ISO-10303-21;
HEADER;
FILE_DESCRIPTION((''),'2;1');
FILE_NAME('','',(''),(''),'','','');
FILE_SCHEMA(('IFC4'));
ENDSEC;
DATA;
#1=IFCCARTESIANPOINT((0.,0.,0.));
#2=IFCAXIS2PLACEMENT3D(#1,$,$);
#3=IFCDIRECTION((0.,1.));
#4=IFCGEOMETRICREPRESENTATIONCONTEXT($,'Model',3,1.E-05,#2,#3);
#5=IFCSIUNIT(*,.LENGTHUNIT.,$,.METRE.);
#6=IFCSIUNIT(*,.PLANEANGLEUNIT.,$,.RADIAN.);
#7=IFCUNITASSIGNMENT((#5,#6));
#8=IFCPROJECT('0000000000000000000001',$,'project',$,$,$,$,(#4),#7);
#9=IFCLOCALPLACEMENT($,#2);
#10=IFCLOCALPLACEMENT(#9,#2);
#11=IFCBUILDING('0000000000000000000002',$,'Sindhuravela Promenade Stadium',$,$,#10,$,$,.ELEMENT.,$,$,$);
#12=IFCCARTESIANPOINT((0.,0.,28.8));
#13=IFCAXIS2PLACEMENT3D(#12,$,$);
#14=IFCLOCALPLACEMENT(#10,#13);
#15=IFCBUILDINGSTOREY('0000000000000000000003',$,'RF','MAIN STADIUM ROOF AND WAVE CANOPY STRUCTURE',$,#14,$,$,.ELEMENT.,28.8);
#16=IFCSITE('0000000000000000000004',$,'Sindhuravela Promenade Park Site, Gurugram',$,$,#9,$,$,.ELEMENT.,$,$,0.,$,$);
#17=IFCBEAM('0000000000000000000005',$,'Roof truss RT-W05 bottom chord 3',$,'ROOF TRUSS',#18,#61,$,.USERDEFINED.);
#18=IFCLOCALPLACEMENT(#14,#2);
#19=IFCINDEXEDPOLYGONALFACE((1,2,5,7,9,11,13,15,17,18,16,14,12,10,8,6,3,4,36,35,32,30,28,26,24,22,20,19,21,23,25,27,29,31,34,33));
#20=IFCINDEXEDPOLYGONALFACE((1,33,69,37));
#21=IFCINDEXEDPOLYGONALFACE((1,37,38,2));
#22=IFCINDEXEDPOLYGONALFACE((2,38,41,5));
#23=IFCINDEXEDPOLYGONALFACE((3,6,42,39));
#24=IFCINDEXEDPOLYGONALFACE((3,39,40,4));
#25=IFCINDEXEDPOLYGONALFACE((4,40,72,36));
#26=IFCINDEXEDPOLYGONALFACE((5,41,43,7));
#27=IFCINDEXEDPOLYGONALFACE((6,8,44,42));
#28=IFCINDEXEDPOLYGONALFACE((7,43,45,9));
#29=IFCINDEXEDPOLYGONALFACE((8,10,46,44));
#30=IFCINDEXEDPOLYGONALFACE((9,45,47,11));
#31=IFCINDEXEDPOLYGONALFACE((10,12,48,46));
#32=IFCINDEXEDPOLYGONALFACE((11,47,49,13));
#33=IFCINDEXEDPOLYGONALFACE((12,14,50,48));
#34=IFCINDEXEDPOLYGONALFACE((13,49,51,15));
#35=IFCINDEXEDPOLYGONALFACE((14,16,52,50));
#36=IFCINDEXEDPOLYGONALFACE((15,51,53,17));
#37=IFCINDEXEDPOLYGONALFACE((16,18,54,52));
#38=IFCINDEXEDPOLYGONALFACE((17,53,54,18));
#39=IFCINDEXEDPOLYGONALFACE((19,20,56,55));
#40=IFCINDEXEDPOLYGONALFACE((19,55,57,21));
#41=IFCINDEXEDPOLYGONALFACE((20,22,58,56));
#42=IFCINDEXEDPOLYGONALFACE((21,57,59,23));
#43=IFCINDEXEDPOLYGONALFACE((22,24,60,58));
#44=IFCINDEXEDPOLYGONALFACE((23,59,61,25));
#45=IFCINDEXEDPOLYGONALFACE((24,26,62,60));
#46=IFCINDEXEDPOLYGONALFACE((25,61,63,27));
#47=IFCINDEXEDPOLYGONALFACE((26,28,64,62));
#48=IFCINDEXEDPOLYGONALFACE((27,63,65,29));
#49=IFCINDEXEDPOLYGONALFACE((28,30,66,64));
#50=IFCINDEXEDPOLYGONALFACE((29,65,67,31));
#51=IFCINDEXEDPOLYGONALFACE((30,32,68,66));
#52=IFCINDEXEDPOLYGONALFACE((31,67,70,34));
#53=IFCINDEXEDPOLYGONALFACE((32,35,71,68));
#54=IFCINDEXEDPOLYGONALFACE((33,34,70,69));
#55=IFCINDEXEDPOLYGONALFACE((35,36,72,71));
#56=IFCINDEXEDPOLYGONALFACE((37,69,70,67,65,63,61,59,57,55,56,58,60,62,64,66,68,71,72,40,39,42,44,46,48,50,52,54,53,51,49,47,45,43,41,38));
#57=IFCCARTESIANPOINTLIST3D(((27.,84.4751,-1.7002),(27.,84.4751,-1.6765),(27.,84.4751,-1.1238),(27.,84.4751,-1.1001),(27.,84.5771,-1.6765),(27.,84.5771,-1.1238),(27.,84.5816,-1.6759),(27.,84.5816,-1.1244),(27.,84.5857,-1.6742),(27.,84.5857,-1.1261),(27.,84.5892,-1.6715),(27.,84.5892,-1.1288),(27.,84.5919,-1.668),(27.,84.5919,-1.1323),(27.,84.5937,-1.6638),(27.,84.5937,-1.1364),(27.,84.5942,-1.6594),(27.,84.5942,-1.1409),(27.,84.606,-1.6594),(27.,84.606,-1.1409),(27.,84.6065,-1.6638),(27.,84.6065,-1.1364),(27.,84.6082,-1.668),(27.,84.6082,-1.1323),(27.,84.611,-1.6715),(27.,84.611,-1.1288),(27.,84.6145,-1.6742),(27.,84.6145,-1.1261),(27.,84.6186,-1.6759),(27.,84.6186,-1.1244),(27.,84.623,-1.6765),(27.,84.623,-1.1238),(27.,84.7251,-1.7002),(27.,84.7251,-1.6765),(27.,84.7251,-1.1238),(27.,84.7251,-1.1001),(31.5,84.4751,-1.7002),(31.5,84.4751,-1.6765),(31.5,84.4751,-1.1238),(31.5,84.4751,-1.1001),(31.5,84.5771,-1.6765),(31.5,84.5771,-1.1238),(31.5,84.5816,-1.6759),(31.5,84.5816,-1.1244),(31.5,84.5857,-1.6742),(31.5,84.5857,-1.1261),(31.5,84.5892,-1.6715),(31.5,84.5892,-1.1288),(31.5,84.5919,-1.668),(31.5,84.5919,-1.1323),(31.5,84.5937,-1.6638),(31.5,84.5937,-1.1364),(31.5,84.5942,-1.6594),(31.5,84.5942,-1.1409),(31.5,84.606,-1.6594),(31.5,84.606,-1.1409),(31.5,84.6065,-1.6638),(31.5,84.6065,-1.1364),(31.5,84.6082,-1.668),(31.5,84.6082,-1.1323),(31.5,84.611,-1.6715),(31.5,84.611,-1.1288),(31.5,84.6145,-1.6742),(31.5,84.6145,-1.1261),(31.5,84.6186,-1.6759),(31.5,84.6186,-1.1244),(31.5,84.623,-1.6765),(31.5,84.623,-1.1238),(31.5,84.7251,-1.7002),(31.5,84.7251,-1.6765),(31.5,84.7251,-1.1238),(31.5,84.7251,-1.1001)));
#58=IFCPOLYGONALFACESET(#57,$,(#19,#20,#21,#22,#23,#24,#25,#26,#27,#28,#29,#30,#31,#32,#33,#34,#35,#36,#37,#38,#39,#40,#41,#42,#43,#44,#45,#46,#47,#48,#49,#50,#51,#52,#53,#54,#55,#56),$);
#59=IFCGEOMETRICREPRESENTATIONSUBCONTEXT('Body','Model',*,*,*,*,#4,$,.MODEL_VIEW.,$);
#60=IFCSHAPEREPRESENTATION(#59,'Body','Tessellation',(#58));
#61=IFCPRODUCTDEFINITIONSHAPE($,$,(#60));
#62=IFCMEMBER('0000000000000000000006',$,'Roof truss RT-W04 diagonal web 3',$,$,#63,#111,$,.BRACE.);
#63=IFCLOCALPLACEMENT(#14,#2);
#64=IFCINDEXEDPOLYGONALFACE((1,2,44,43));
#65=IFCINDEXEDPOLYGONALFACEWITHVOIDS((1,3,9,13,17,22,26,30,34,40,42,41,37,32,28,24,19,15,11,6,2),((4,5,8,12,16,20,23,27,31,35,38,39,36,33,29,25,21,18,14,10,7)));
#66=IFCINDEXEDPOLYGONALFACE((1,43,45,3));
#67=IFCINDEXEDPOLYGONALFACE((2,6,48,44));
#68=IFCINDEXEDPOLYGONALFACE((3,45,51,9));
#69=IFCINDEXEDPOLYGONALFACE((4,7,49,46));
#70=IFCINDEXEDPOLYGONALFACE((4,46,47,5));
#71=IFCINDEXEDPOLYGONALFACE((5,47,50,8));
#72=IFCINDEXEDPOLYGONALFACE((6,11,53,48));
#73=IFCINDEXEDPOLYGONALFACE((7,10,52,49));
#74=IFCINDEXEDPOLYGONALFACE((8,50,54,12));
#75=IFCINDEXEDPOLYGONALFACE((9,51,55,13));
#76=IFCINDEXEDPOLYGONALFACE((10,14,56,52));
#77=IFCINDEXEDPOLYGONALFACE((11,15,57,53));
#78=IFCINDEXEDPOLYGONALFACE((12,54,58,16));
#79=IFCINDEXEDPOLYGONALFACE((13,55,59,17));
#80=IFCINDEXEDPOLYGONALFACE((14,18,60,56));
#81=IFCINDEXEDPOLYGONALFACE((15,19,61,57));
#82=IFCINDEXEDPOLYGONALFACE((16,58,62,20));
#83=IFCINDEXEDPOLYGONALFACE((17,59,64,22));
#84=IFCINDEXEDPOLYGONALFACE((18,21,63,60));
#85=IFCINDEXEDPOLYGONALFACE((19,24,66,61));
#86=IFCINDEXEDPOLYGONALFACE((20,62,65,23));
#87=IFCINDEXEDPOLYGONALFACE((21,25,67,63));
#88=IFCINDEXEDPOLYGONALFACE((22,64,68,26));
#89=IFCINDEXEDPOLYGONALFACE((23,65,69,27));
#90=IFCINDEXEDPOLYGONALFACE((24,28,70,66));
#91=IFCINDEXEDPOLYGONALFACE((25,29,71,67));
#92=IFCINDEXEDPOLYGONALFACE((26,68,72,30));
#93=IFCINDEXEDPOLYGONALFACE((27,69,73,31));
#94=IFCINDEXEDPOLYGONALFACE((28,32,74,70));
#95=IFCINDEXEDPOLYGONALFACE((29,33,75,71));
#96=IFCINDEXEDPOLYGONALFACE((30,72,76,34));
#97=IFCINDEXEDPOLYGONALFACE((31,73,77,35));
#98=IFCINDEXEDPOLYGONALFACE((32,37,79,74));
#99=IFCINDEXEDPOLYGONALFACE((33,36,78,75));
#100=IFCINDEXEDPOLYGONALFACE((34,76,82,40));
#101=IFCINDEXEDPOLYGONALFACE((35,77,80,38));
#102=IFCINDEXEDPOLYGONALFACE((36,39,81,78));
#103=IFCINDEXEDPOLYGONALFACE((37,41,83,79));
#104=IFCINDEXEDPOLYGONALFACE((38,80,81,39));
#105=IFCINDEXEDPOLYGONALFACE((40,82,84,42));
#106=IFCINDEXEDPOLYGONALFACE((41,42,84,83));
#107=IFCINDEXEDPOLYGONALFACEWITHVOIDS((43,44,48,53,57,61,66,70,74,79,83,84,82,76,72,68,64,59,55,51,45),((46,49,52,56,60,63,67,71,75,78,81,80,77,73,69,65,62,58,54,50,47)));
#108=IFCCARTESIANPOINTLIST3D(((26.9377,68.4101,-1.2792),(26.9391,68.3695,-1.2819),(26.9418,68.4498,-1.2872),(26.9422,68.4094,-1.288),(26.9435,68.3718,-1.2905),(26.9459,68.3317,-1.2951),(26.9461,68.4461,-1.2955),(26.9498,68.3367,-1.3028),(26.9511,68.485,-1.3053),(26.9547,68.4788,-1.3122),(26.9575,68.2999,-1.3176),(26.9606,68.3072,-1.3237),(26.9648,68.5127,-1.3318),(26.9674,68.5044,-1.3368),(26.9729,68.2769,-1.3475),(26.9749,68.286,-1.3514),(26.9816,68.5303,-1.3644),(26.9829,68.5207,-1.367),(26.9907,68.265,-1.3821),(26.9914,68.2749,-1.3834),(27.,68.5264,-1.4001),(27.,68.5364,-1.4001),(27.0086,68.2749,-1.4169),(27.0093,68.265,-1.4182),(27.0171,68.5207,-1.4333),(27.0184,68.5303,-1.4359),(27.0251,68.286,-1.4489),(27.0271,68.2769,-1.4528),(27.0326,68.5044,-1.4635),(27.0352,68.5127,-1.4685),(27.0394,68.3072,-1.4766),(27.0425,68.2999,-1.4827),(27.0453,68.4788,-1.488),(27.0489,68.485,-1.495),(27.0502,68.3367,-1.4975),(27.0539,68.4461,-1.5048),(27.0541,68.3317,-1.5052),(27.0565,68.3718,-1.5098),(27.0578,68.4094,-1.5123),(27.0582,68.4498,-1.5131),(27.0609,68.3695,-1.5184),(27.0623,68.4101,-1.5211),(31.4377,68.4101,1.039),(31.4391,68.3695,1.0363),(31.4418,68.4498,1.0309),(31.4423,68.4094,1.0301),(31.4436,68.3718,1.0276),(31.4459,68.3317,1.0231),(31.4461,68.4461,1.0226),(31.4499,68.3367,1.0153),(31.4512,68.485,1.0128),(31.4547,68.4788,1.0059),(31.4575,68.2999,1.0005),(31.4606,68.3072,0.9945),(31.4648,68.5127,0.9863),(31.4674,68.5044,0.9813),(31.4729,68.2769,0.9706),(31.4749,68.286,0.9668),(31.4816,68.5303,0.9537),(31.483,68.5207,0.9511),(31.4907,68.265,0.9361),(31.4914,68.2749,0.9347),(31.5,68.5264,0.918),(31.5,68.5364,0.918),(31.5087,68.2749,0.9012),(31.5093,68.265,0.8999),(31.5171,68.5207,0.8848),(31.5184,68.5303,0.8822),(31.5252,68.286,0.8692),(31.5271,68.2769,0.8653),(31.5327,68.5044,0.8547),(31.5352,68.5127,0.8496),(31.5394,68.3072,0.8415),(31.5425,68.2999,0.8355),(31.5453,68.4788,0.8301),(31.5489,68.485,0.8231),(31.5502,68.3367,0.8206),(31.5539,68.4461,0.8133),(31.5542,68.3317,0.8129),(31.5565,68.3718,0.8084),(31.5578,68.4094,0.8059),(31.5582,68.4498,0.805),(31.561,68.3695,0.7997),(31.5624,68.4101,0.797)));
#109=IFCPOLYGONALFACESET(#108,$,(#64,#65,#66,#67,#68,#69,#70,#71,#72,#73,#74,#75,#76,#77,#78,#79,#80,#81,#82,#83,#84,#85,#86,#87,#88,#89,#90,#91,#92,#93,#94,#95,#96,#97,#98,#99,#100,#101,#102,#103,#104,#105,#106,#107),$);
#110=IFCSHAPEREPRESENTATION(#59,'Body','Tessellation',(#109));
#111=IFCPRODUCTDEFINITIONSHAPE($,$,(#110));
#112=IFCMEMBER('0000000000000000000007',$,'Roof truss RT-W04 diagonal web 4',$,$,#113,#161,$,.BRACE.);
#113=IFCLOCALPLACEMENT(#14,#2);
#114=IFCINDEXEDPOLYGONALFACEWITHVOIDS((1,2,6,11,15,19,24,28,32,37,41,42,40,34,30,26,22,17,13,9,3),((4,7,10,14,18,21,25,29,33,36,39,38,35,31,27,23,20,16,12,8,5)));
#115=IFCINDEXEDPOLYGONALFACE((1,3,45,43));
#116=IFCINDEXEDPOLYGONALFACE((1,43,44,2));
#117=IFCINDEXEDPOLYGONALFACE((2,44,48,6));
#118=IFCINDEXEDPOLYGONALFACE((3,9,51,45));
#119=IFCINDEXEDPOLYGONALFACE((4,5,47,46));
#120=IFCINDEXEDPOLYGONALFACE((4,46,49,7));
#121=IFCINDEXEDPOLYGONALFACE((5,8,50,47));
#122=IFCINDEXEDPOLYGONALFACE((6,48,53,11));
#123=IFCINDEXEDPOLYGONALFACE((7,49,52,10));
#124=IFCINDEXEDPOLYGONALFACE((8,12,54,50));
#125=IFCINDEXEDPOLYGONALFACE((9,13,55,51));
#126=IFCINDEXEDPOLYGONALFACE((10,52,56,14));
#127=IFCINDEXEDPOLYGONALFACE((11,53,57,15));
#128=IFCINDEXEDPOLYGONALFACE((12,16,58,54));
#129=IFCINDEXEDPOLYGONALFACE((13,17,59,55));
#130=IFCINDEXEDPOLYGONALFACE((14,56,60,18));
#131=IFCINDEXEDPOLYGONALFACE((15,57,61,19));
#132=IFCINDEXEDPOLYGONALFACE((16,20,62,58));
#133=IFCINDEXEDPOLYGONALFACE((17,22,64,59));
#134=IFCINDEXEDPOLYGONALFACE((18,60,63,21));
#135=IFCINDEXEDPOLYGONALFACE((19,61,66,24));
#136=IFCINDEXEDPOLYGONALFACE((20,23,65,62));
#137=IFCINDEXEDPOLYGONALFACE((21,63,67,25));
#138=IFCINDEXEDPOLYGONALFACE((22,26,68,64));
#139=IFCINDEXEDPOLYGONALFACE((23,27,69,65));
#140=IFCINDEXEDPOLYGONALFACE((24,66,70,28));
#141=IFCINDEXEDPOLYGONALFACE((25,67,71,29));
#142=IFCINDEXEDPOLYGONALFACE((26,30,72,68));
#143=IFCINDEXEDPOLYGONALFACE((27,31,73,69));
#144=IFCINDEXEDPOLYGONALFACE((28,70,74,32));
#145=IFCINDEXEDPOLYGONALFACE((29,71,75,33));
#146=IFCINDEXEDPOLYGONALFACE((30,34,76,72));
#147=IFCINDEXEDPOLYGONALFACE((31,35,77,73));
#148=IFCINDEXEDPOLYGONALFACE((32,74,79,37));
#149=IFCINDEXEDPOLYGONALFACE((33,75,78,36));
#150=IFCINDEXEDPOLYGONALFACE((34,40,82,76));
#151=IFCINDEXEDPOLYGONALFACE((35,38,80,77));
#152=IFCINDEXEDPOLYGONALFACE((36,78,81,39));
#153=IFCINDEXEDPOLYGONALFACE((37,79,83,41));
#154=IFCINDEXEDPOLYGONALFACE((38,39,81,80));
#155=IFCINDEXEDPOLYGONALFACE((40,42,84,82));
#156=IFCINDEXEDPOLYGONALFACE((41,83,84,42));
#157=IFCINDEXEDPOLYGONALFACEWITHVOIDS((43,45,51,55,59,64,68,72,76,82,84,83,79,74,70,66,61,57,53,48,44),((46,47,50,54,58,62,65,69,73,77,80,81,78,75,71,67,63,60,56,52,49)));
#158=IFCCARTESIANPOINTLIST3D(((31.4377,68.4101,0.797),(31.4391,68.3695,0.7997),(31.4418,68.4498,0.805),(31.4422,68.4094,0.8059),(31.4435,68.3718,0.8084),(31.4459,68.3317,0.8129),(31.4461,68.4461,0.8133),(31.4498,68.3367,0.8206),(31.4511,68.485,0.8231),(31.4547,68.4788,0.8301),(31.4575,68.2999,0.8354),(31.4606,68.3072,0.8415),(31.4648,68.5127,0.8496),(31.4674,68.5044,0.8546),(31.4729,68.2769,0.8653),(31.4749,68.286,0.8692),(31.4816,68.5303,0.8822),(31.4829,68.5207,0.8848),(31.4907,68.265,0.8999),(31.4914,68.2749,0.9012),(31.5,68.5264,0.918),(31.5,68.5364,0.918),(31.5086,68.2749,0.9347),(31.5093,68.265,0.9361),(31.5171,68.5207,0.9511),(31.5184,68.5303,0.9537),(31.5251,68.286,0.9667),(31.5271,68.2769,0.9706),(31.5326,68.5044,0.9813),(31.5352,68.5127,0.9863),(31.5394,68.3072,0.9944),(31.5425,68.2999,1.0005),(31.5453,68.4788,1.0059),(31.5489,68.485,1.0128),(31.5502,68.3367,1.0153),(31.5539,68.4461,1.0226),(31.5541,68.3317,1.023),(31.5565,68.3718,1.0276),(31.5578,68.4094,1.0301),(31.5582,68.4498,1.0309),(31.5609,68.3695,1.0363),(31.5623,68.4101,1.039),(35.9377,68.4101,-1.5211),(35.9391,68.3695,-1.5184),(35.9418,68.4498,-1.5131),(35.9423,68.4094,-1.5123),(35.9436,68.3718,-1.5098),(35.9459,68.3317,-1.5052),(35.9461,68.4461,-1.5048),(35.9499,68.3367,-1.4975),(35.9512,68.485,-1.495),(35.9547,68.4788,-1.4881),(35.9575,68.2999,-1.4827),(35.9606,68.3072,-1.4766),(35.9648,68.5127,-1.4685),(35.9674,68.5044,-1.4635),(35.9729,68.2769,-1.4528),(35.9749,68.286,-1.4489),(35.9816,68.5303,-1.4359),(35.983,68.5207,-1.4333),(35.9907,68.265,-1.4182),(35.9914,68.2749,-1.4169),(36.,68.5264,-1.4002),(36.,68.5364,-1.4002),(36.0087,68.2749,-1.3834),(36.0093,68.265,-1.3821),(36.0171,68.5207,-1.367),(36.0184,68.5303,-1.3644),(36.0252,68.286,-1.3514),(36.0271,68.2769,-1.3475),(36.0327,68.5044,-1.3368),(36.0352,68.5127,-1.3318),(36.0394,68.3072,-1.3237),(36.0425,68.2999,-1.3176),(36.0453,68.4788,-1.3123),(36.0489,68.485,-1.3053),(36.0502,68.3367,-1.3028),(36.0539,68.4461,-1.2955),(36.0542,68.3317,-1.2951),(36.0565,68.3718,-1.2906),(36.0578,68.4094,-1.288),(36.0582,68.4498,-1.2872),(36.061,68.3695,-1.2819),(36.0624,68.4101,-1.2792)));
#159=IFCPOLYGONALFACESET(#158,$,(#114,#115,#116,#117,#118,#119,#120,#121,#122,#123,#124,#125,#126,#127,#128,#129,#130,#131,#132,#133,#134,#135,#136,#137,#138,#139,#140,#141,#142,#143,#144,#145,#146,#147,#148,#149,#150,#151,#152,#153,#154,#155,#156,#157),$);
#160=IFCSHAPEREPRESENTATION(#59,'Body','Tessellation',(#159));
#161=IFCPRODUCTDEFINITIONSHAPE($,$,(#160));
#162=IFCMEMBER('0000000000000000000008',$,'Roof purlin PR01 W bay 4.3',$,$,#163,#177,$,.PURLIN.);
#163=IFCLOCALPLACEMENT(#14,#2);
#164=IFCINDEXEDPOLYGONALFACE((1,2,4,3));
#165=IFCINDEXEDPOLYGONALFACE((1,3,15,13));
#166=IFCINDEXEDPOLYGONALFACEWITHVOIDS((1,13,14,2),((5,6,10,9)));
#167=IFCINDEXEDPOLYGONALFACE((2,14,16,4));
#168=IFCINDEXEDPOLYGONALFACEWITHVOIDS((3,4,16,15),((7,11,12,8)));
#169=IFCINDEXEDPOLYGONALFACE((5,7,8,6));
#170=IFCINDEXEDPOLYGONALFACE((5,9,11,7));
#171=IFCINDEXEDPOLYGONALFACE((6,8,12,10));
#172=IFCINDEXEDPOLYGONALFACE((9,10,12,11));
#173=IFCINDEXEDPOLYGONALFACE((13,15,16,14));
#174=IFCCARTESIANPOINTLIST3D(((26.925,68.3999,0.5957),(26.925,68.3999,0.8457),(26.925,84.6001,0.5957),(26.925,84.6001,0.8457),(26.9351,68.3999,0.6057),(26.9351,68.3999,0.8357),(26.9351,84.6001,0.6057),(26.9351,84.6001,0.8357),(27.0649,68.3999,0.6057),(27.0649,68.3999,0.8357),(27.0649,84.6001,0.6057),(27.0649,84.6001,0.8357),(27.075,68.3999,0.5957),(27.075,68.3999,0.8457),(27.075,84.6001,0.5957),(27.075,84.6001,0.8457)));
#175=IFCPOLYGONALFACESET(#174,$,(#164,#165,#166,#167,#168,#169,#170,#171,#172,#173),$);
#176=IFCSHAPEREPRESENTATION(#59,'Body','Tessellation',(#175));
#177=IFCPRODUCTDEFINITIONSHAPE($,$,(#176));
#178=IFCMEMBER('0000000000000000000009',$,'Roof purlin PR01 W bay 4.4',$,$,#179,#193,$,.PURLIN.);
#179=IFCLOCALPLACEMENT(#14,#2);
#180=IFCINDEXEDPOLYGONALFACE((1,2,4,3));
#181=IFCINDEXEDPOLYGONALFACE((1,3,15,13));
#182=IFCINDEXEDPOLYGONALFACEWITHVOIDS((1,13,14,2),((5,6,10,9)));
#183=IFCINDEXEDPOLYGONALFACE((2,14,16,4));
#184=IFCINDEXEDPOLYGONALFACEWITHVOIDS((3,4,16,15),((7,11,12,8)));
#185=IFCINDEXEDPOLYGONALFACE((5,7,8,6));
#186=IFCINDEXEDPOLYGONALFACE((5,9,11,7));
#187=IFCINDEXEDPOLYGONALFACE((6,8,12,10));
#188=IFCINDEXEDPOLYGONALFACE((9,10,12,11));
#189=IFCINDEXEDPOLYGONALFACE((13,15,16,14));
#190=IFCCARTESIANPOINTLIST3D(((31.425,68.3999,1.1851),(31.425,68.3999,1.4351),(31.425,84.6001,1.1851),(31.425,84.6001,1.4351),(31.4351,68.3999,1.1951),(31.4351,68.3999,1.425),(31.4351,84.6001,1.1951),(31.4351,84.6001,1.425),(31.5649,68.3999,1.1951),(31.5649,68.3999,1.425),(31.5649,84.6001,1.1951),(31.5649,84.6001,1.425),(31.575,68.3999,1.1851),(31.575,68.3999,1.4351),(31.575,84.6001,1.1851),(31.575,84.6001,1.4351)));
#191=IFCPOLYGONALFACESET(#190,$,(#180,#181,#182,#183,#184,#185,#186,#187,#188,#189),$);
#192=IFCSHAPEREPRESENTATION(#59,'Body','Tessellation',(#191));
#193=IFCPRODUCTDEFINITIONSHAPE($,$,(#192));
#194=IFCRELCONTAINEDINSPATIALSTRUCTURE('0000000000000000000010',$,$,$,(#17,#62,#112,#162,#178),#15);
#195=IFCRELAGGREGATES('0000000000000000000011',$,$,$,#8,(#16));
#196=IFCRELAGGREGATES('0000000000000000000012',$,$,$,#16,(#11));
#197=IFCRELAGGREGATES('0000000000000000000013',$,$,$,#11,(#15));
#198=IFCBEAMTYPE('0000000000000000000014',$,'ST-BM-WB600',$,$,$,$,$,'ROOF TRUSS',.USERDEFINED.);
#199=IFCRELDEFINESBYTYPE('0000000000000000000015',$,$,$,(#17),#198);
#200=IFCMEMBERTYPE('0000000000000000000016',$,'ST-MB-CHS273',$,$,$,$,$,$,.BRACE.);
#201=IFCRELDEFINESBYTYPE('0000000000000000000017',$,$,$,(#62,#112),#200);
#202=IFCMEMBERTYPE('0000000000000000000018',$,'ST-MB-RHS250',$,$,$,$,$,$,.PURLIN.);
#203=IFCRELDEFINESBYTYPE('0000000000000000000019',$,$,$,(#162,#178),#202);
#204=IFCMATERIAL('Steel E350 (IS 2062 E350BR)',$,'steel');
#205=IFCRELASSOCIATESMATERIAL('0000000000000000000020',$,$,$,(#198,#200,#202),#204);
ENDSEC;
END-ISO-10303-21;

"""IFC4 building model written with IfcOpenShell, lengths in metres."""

from ifc_helpers import new_model, si_unit, direction, frame, origin, origin_2d, place, context, subcontext, project, spatial, hollow_rectangle, hollow_circle, i_section, extrude, material, material_profile, profile_set, type_object, element, save


model = new_model("IFC4")

# Units and contexts
model_context = context("Model", 3, precision=1e-05, world=origin(), true_north=direction((0.0, 1.0)))
body_context = subcontext(model_context, "Body", "Model", "MODEL_VIEW")
ifc_project = project(units=[si_unit("LENGTHUNIT", "METRE"), si_unit("PLANEANGLEUNIT", "RADIAN")], contexts=[model_context])

# Site, building, storey
site_placement = place(None, origin())
site = spatial("IfcSite", under=ifc_project, at=site_placement, Name="Sindhuravela Promenade Park Site, Gurugram", CompositionType="ELEMENT", RefElevation=0.0)
building_placement = place(site_placement, origin())
building = spatial("IfcBuilding", under=site, at=building_placement, Name="Sindhuravela Promenade Stadium", CompositionType="ELEMENT")
storey_placement = place(building_placement, frame((0.0, 0.0, 28.8)))
storey = spatial("IfcBuildingStorey", under=building, at=storey_placement, Name="RF", Description="MAIN STADIUM ROOF AND WAVE CANOPY STRUCTURE", CompositionType="ELEMENT", Elevation=28.8)

# Beam
ifc_material_1 = material(Name="Steel E350 (IS 2062 E350BR)", Category="steel")
ifc_material_profile_1 = material_profile(ifc_material_1, i_section(OverallWidth=0.25, OverallDepth=0.6001, WebThickness=0.0117, FlangeThickness=0.0237, FilletRadius=0.0171, at=origin_2d()), Name="ISWB 600")
ifc_profile_set_1 = profile_set([ifc_material_profile_1], Name="Steel E350 (IS 2062 E350BR)")
beam_type_1 = type_object("IfcBeamType", Name="ST-BM-WB600", ElementType="ROOF TRUSS", PredefinedType="USERDEFINED", material=ifc_profile_set_1)
beam_1_placement = place(storey_placement, frame((27.0, 84.6001, -1.4001), z_axis=(1.0, 0.0, 0.0), x_axis=(0.0, 1.0, 0.0)))
element("IfcBeam", 1, at=beam_1_placement, inside=storey, type_object=beam_type_1, Name="Roof truss RT-W05 bottom chord 3", ObjectType="ROOF TRUSS", PredefinedType="USERDEFINED", context=body_context, shape_type="SweptSolid", body=[
    extrude(i_section(OverallWidth=0.25, OverallDepth=0.6001, WebThickness=0.0117, FlangeThickness=0.0237, FilletRadius=0.0171, at=origin_2d()), origin(), (0.0, 0.0, 1.0), 4.5),
])

# Members
ifc_material_profile_2 = material_profile(ifc_material_1, hollow_circle(Radius=0.1365, WallThickness=0.01, at=origin_2d()), Name="CHS 273.0x10")
ifc_profile_set_2 = profile_set([ifc_material_profile_2], Name="Steel E350 (IS 2062 E350BR)")
member_type_1 = type_object("IfcMemberType", Name="ST-MB-CHS273", PredefinedType="BRACE", material=ifc_profile_set_2)
for number, where, z_axis, x_axis, name in (
    (2, (27.0, 68.3999, -1.4001), (0.88898, 0.0, 0.457946), (0.0, 1.0, 0.0), "Roof truss RT-W04 diagonal web 3"),
    (3, (31.5, 68.3999, 0.918), (0.88898, 0.0, -0.457946), (0.0, 1.0, 0.0), "Roof truss RT-W04 diagonal web 4"),
):
    element("IfcMember", number, at=place(storey_placement, frame(where, z_axis=z_axis, x_axis=x_axis)), inside=storey, type_object=member_type_1, Name=name, PredefinedType="BRACE", context=body_context, shape_type="SweptSolid", body=[
        extrude(hollow_circle(Radius=0.1365, WallThickness=0.01, at=origin_2d()), origin(), (0.0, 0.0, 1.0), 5.062),
    ])
ifc_material_profile_3 = material_profile(ifc_material_1, hollow_rectangle(XDim=0.1499, YDim=0.25, WallThickness=0.01, at=origin_2d()), Name="RHS 250x150x10")
ifc_profile_set_3 = profile_set([ifc_material_profile_3], Name="Steel E350 (IS 2062 E350BR)")
member_type_2 = type_object("IfcMemberType", Name="ST-MB-RHS250", PredefinedType="PURLIN", material=ifc_profile_set_3)
for number, where, z_axis, x_axis, name in (
    (4, (27.0, 68.3999, 0.7207), (0.0, 1.0, 0.0), (-1.0, 0.0, 0.0), "Roof purlin PR01 W bay 4.3"),
    (5, (31.5, 68.3999, 1.3101), (0.0, 1.0, 0.0), (-1.0, 0.0, 0.0), "Roof purlin PR01 W bay 4.4"),
):
    element("IfcMember", number, at=place(storey_placement, frame(where, z_axis=z_axis, x_axis=x_axis)), inside=storey, type_object=member_type_2, Name=name, PredefinedType="PURLIN", context=body_context, shape_type="SweptSolid", body=[
        extrude(hollow_rectangle(XDim=0.1499, YDim=0.25, WallThickness=0.01, at=origin_2d()), origin(), (0.0, 0.0, 1.0), 16.2002),
    ])

save(model, "model.ifc")
